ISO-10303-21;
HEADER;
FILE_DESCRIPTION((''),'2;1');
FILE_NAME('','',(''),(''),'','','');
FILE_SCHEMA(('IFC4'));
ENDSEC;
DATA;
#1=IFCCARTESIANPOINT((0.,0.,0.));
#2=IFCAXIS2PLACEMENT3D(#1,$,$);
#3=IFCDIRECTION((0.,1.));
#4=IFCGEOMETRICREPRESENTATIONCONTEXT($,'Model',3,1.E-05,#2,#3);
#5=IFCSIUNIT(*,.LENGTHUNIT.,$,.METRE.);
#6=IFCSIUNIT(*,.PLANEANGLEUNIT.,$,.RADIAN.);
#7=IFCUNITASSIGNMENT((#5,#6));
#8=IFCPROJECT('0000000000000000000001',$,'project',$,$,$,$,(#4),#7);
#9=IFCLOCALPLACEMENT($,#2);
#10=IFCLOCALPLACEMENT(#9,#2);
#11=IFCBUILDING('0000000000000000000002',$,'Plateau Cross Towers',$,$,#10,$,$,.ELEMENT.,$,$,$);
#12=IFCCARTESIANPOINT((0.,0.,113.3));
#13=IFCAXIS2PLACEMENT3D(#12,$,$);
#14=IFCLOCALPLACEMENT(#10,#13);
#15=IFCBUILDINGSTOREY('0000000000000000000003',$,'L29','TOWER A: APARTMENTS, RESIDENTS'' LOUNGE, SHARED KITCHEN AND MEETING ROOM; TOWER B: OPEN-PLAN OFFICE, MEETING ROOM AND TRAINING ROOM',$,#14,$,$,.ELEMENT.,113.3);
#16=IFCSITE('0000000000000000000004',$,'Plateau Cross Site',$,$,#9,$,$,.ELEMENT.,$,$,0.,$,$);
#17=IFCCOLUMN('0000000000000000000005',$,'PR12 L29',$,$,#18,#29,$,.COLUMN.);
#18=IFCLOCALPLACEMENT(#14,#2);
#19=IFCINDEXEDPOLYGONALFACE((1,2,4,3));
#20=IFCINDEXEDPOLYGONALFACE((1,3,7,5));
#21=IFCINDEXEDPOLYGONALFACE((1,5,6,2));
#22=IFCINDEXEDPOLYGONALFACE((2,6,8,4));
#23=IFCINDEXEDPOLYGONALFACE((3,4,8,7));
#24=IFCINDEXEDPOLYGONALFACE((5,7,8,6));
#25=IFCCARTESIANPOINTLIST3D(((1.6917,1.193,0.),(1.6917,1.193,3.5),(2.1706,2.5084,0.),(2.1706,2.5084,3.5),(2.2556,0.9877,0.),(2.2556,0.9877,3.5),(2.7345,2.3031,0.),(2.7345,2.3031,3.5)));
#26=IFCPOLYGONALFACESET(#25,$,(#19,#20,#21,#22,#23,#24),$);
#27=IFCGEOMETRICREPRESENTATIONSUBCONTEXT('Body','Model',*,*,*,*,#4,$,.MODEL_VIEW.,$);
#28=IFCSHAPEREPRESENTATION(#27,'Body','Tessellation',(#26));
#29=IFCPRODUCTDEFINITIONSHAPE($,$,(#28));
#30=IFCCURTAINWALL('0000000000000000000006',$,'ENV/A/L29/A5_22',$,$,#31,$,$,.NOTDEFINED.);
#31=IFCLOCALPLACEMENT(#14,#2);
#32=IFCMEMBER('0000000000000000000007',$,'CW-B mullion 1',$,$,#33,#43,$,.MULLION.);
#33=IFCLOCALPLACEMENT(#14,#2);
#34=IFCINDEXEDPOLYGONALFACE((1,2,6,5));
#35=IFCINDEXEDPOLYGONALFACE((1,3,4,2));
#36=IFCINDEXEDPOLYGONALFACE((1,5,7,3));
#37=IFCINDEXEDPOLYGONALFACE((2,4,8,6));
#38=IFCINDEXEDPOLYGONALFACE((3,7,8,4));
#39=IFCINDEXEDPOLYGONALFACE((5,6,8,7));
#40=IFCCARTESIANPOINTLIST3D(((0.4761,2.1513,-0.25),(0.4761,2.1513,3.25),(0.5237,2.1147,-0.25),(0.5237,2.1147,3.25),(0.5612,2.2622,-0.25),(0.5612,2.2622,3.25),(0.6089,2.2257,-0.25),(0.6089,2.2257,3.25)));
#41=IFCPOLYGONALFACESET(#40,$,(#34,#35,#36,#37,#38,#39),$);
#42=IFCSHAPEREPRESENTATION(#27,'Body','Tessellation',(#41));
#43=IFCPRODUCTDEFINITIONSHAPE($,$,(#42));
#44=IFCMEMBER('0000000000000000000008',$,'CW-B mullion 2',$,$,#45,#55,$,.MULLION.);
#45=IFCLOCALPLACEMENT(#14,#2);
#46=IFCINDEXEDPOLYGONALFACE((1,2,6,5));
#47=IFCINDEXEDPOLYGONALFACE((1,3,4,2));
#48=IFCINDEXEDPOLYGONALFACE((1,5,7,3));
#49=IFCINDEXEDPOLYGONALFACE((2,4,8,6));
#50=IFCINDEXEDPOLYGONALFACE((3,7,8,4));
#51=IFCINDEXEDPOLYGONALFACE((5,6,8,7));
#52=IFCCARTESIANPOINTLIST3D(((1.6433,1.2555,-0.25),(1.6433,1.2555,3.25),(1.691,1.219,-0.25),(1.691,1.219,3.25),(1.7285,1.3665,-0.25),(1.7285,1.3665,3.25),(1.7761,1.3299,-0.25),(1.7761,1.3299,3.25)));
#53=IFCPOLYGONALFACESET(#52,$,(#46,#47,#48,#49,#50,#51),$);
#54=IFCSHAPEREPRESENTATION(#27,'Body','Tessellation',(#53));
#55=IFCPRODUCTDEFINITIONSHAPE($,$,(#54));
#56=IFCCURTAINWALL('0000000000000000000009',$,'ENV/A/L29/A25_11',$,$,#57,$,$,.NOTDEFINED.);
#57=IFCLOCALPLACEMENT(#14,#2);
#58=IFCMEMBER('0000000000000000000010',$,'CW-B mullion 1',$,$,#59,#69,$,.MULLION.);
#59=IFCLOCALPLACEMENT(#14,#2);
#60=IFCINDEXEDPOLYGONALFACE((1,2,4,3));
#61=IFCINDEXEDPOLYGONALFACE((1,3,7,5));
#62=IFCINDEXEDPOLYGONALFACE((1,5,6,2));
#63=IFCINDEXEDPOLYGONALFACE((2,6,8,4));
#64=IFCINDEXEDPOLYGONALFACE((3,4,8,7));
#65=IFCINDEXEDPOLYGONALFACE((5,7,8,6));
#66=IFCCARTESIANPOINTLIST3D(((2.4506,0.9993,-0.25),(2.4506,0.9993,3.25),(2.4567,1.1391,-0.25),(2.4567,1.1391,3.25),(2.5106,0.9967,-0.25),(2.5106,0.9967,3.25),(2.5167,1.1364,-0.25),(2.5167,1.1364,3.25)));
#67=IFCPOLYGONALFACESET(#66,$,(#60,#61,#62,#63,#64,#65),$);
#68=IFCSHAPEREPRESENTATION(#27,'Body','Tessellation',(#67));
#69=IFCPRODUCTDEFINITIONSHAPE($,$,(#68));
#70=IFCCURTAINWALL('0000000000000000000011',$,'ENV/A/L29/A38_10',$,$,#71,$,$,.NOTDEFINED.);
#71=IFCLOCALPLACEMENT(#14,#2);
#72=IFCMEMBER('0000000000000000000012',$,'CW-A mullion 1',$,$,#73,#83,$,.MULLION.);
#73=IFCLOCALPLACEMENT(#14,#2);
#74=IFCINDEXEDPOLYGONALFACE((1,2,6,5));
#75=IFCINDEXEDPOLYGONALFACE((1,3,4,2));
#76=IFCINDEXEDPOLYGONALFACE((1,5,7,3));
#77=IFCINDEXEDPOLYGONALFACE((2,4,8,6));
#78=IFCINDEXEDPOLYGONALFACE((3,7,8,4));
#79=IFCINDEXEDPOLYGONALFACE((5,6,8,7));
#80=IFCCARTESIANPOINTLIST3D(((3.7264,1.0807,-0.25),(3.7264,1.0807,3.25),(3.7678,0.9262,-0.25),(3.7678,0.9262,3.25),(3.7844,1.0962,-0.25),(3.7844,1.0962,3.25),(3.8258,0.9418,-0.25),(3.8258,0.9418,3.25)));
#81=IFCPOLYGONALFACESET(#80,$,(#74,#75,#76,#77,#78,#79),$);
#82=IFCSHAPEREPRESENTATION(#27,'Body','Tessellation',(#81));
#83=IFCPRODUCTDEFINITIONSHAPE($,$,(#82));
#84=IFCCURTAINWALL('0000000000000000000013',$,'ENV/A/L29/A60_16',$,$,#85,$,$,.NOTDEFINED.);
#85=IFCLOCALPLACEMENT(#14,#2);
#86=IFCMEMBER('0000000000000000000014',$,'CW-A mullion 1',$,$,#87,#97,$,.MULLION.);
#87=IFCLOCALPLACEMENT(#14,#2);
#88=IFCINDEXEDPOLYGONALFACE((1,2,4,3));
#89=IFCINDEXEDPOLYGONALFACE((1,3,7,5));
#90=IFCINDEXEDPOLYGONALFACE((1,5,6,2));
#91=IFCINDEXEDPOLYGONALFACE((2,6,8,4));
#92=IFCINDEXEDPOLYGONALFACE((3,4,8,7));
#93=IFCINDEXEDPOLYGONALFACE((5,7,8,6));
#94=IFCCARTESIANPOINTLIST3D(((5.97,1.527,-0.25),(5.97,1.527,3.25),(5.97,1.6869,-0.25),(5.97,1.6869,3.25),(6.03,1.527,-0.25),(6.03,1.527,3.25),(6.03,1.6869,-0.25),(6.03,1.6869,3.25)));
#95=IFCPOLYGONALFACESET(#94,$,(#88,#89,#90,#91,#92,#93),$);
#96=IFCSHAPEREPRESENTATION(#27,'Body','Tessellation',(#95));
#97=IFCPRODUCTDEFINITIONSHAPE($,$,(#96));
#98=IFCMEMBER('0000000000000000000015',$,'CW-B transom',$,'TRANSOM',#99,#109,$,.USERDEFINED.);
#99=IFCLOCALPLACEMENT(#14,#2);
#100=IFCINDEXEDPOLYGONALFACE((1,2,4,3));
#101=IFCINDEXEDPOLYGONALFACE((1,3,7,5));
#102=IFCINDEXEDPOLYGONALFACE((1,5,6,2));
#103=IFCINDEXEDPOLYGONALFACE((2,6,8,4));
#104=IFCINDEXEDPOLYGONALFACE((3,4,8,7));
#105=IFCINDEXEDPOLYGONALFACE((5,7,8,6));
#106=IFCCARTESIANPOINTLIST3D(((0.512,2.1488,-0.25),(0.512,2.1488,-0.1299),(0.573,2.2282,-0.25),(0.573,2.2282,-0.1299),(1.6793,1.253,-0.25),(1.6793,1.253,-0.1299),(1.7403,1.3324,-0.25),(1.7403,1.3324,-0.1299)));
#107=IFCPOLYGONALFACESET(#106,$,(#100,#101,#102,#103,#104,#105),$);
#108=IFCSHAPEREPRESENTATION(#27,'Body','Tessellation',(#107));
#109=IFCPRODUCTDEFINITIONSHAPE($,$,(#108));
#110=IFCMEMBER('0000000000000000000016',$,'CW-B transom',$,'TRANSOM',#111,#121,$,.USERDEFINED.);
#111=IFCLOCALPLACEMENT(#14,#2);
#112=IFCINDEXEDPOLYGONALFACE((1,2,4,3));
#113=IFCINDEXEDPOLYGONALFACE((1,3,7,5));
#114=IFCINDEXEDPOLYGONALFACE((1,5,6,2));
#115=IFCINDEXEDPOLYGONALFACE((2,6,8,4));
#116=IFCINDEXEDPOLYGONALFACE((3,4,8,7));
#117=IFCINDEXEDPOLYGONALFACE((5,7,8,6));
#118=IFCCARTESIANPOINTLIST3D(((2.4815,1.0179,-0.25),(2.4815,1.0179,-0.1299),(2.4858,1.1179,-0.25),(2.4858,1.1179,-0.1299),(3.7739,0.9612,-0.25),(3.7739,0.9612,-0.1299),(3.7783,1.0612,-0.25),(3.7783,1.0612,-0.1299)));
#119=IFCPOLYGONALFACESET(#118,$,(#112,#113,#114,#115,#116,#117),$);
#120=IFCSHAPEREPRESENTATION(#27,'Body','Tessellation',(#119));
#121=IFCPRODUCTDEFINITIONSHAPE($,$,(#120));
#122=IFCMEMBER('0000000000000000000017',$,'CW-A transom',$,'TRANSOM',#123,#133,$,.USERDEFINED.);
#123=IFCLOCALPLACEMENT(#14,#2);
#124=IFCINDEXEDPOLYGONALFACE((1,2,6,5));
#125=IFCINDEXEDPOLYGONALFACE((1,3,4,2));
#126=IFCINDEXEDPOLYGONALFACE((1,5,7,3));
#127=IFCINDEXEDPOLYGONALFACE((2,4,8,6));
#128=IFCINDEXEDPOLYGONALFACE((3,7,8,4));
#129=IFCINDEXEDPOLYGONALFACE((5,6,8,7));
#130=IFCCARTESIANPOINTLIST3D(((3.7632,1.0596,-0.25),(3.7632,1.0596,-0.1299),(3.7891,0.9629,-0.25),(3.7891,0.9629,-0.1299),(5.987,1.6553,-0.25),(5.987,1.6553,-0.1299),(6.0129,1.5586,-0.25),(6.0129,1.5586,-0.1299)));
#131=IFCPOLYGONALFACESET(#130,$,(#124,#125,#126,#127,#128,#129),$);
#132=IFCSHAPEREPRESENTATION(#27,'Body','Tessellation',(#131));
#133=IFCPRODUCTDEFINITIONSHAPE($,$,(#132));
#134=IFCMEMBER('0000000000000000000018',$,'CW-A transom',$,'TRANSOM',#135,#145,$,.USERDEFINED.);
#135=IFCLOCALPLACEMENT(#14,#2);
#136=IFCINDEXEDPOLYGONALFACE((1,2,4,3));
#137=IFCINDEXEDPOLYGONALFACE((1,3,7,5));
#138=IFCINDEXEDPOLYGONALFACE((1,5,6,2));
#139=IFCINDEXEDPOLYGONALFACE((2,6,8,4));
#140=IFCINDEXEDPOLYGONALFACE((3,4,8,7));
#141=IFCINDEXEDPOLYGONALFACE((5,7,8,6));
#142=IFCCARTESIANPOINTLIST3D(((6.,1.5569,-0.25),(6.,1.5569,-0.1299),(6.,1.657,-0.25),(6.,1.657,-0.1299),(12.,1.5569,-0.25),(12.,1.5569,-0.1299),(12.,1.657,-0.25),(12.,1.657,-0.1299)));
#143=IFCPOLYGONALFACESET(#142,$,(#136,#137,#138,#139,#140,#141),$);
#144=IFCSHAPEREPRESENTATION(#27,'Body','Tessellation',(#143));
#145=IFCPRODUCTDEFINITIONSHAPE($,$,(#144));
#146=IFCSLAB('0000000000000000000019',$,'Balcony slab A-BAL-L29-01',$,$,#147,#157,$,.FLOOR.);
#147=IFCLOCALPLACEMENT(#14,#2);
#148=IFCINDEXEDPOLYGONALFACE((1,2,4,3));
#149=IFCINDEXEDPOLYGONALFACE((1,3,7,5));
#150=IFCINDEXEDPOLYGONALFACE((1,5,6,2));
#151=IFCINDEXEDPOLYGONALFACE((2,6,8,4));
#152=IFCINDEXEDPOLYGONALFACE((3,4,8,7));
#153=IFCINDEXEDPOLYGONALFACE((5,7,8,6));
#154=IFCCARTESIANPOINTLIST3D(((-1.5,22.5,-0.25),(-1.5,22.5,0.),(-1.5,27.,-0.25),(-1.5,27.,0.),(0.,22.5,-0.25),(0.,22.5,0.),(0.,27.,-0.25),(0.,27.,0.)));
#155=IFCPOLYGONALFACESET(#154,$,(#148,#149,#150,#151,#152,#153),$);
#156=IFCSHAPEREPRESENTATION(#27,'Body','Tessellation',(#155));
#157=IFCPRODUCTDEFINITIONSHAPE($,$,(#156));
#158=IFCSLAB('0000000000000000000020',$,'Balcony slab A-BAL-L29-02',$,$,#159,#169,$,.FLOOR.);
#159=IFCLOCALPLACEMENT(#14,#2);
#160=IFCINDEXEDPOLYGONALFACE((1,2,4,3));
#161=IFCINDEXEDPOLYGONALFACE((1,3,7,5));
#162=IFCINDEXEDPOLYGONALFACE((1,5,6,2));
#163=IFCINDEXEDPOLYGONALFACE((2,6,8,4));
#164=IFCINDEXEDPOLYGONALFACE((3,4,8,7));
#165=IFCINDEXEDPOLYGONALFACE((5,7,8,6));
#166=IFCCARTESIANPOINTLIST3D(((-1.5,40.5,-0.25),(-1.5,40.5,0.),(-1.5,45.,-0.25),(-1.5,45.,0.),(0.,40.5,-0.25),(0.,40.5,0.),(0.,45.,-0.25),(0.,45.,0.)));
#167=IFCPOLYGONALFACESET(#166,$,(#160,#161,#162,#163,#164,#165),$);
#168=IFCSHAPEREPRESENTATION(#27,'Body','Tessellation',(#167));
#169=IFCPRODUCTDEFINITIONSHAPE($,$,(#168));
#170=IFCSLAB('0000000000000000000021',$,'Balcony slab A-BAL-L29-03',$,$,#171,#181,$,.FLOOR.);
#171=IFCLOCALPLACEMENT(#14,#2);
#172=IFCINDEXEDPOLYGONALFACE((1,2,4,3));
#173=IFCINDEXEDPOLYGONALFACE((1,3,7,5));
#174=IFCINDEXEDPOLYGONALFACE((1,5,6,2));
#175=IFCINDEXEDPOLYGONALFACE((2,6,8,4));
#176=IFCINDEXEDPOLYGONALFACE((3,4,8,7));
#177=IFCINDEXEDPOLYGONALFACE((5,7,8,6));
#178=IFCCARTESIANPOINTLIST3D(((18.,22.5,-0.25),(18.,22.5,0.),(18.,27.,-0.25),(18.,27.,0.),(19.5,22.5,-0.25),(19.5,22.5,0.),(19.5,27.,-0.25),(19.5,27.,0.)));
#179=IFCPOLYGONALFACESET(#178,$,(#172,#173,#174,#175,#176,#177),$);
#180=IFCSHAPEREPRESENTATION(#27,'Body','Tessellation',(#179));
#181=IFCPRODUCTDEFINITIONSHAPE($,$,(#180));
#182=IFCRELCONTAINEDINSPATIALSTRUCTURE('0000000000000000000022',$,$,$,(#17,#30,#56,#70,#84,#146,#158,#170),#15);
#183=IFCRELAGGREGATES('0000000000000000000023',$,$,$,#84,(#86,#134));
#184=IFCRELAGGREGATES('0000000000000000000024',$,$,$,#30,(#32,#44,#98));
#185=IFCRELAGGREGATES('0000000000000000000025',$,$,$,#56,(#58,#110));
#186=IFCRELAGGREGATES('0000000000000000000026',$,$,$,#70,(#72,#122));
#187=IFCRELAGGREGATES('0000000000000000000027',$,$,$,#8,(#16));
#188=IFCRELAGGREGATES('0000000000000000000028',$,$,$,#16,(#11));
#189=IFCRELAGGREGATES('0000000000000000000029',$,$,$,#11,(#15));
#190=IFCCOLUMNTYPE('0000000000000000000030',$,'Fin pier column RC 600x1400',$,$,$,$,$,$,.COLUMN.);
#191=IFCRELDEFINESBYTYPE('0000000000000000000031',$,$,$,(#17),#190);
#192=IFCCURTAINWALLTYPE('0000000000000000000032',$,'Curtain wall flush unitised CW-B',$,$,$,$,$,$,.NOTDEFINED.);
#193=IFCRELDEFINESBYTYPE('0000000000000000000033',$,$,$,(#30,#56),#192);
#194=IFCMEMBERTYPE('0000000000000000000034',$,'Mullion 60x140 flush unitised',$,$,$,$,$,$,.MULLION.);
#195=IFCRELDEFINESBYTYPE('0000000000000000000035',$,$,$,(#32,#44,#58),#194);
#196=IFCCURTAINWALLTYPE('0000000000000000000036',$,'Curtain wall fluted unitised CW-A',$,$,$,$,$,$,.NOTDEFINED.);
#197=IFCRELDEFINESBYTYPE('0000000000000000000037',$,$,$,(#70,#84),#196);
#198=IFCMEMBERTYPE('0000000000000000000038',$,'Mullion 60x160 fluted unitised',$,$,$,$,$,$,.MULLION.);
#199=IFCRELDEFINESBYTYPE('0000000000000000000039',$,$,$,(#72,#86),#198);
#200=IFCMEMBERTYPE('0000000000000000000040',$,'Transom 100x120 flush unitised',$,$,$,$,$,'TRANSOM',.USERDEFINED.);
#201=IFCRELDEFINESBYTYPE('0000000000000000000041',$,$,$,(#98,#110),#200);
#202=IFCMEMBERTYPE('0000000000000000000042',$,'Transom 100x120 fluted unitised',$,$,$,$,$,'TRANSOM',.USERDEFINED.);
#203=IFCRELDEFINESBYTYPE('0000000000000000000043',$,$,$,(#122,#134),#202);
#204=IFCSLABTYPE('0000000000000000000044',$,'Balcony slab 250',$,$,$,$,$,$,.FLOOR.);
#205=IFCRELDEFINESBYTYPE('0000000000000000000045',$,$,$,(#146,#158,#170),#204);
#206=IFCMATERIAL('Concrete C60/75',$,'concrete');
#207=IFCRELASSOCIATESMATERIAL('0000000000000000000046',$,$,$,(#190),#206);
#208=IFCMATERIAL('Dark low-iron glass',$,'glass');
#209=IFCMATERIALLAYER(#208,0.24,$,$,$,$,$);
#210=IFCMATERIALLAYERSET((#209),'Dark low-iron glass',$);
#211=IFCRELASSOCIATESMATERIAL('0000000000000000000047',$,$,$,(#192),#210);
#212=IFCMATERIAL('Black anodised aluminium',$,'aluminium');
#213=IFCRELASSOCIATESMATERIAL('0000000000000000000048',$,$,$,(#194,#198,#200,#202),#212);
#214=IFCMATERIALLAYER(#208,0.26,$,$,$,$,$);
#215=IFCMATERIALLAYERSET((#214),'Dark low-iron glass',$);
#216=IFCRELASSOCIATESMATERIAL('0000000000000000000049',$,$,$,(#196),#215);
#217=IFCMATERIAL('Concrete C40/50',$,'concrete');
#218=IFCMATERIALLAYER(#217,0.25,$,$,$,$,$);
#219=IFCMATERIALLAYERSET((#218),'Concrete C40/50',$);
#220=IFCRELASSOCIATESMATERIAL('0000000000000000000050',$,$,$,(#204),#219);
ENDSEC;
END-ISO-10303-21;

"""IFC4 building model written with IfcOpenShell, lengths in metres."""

from ifc_helpers import new_model, si_unit, direction, frame, origin, origin_2d, place, context, subcontext, project, spatial, polyline, rectangle, outline, extrude, material, layer, layer_set, material_profile, profile_set, type_object, element, aggregate, save


model = new_model("IFC4")

# Units and contexts
model_context = context("Model", 3, precision=1e-05, world=origin(), true_north=direction((0.0, 1.0)))
body_context = subcontext(model_context, "Body", "Model", "MODEL_VIEW")
ifc_project = project(units=[si_unit("LENGTHUNIT", "METRE"), si_unit("PLANEANGLEUNIT", "RADIAN")], contexts=[model_context])

# Site, building, storey
site_placement = place(None, origin())
site = spatial("IfcSite", under=ifc_project, at=site_placement, Name="Plateau Cross Site", CompositionType="ELEMENT", RefElevation=0.0)
building_placement = place(site_placement, origin())
building = spatial("IfcBuilding", under=site, at=building_placement, Name="Plateau Cross Towers", CompositionType="ELEMENT")
storey_placement = place(building_placement, frame((0.0, 0.0, 113.3)))
storey = spatial("IfcBuildingStorey", under=building, at=storey_placement, Name="L29", Description="TOWER A: APARTMENTS, RESIDENTS' LOUNGE, SHARED KITCHEN AND MEETING ROOM; TOWER B: OPEN-PLAN OFFICE, MEETING ROOM AND TRAINING ROOM", CompositionType="ELEMENT", Elevation=113.3)

# Column
ifc_material_1 = material(Name="Concrete C60/75", Category="concrete")
ifc_material_profile_1 = material_profile(ifc_material_1, rectangle(XDim=0.6001, YDim=1.3999, at=origin_2d()), Name="RC 600x1400")
ifc_profile_set_1 = profile_set([ifc_material_profile_1], Name="Concrete C60/75")
column_type = type_object("IfcColumnType", Name="Fin pier column RC 600x1400", PredefinedType="COLUMN", material=ifc_profile_set_1)
column_placement = place(storey_placement, frame((2.2131, 1.748, 0.0), z_axis=(0.0, 0.0, 1.0), x_axis=(-0.939664, 0.342098, 0.0)))
element("IfcColumn", 1, at=column_placement, inside=storey, type_object=column_type, Name="PR12 L29", PredefinedType="COLUMN", context=body_context, shape_type="SweptSolid", body=[
    extrude(rectangle(XDim=0.6001, YDim=1.3999, at=origin_2d()), origin(), (0.0, 0.0, 1.0), 3.5),
])

# Curtain wall, members
ifc_material_2 = material(Name="Dark low-iron glass", Category="glass")
ifc_layer_1 = layer(ifc_material_2, 0.24)
ifc_layer_set_1 = layer_set([ifc_layer_1], Name="Dark low-iron glass")
curtain_wall_type_1 = type_object("IfcCurtainWallType", Name="Curtain wall flush unitised CW-B", PredefinedType="NOTDEFINED", material=ifc_layer_set_1)
curtain_wall_1_placement = place(storey_placement, origin())
curtain_wall_1 = element("IfcCurtainWall", 2, at=curtain_wall_1_placement, inside=storey, type_object=curtain_wall_type_1, Name="ENV/A/L29/A5_22", PredefinedType="NOTDEFINED")
ifc_material_3 = material(Name="Black anodised aluminium", Category="aluminium")
ifc_material_profile_2 = material_profile(ifc_material_3, rectangle(XDim=0.0601, YDim=0.1399, at=origin_2d()), Name="MULLION 60x140")
ifc_profile_set_2 = profile_set([ifc_material_profile_2], Name="Black anodised aluminium")
member_type_1 = type_object("IfcMemberType", Name="Mullion 60x140 flush unitised", PredefinedType="MULLION", material=ifc_profile_set_2)
member_1_placement = place(storey_placement, frame((0.5425, 2.1885, -0.25), z_axis=(0.0, 0.0, 1.0), x_axis=(0.793316, -0.608811, 0.0)))
member_1 = element("IfcMember", 3, at=member_1_placement, type_object=member_type_1, Name="CW-B mullion 1", PredefinedType="MULLION", context=body_context, shape_type="SweptSolid", body=[
    extrude(rectangle(XDim=0.0601, YDim=0.1399, at=origin_2d()), origin(), (0.0, 0.0, 1.0), 3.5),
])
member_2_placement = place(storey_placement, frame((1.7097, 1.2927, -0.25), z_axis=(0.0, 0.0, 1.0), x_axis=(0.793316, -0.608811, 0.0)))
member_2 = element("IfcMember", 4, at=member_2_placement, type_object=member_type_1, Name="CW-B mullion 2", PredefinedType="MULLION", context=body_context, shape_type="SweptSolid", body=[
    extrude(rectangle(XDim=0.0601, YDim=0.1399, at=origin_2d()), origin(), (0.0, 0.0, 1.0), 3.5),
])

# Curtain walls, members
curtain_wall_2_placement = place(storey_placement, origin())
curtain_wall_2 = element("IfcCurtainWall", 5, at=curtain_wall_2_placement, inside=storey, type_object=curtain_wall_type_1, Name="ENV/A/L29/A25_11", PredefinedType="NOTDEFINED")
member_3_placement = place(storey_placement, frame((2.4836, 1.0679, -0.25), z_axis=(0.0, 0.0, 1.0), x_axis=(0.999044, -0.043723, 0.0)))
member_3 = element("IfcMember", 6, at=member_3_placement, type_object=member_type_1, Name="CW-B mullion 1", PredefinedType="MULLION", context=body_context, shape_type="SweptSolid", body=[
    extrude(rectangle(XDim=0.0601, YDim=0.1399, at=origin_2d()), origin(), (0.0, 0.0, 1.0), 3.5),
])
ifc_layer_2 = layer(ifc_material_2, 0.26)
ifc_layer_set_2 = layer_set([ifc_layer_2], Name="Dark low-iron glass")
curtain_wall_type_2 = type_object("IfcCurtainWallType", Name="Curtain wall fluted unitised CW-A", PredefinedType="NOTDEFINED", material=ifc_layer_set_2)
curtain_wall_3_placement = place(storey_placement, origin())
curtain_wall_3 = element("IfcCurtainWall", 7, at=curtain_wall_3_placement, inside=storey, type_object=curtain_wall_type_2, Name="ENV/A/L29/A38_10", PredefinedType="NOTDEFINED")
ifc_material_profile_3 = material_profile(ifc_material_3, rectangle(XDim=0.0601, YDim=0.1599, at=origin_2d()), Name="MULLION 60x160")
ifc_profile_set_3 = profile_set([ifc_material_profile_3], Name="Black anodised aluminium")
member_type_2 = type_object("IfcMemberType", Name="Mullion 60x160 fluted unitised", PredefinedType="MULLION", material=ifc_profile_set_3)
member_4_placement = place(storey_placement, frame((3.7761, 1.0112, -0.25), z_axis=(0.0, 0.0, 1.0), x_axis=(0.965958, 0.258699, 0.0)))
member_4 = element("IfcMember", 8, at=member_4_placement, type_object=member_type_2, Name="CW-A mullion 1", PredefinedType="MULLION", context=body_context, shape_type="SweptSolid", body=[
    extrude(rectangle(XDim=0.0601, YDim=0.1599, at=origin_2d()), origin(), (0.0, 0.0, 1.0), 3.5),
])
curtain_wall_4_placement = place(storey_placement, origin())
curtain_wall_4 = element("IfcCurtainWall", 9, at=curtain_wall_4_placement, inside=storey, type_object=curtain_wall_type_2, Name="ENV/A/L29/A60_16", PredefinedType="NOTDEFINED")
member_5_placement = place(storey_placement, frame((6.0, 1.6069, -0.25), z_axis=(0.0, 0.0, 1.0), x_axis=(1.0, 0.0, 0.0)))
member_5 = element("IfcMember", 10, at=member_5_placement, type_object=member_type_2, Name="CW-A mullion 1", PredefinedType="MULLION", context=body_context, shape_type="SweptSolid", body=[
    extrude(rectangle(XDim=0.0601, YDim=0.1599, at=origin_2d()), origin(), (0.0, 0.0, 1.0), 3.5),
])

# Members
ifc_material_profile_4 = material_profile(ifc_material_3, rectangle(XDim=0.1001, YDim=0.1201, at=origin_2d()), Name="TRANSOM 100x120")
ifc_profile_set_4 = profile_set([ifc_material_profile_4], Name="Black anodised aluminium")
member_type_3 = type_object("IfcMemberType", Name="Transom 100x120 flush unitised", ElementType="TRANSOM", PredefinedType="USERDEFINED", material=ifc_profile_set_4)
member_6_placement = place(storey_placement, frame((0.5425, 2.1885, -0.1899), z_axis=(0.793321, -0.608804, 0.0), x_axis=(0.608804, 0.793321, 0.0)))
member_6 = element("IfcMember", 11, at=member_6_placement, type_object=member_type_3, Name="CW-B transom", ObjectType="TRANSOM", PredefinedType="USERDEFINED", context=body_context, shape_type="SweptSolid", body=[
    extrude(rectangle(XDim=0.1001, YDim=0.1201, at=origin_2d()), origin(), (0.0, 0.0, 1.0), 1.4714),
])
member_7_placement = place(storey_placement, frame((2.4836, 1.0679, -0.1899), z_axis=(0.999041, -0.043781, 0.0), x_axis=(0.043781, 0.999041, 0.0)))
member_7 = element("IfcMember", 12, at=member_7_placement, type_object=member_type_3, Name="CW-B transom", ObjectType="TRANSOM", PredefinedType="USERDEFINED", context=body_context, shape_type="SweptSolid", body=[
    extrude(rectangle(XDim=0.1001, YDim=0.1201, at=origin_2d()), origin(), (0.0, 0.0, 1.0), 1.2937),
])
ifc_material_profile_5 = material_profile(ifc_material_3, rectangle(XDim=0.1001, YDim=0.1201, at=origin_2d()), Name="TRANSOM 100x120")
ifc_profile_set_5 = profile_set([ifc_material_profile_5], Name="Black anodised aluminium")
member_type_4 = type_object("IfcMemberType", Name="Transom 100x120 fluted unitised", ElementType="TRANSOM", PredefinedType="USERDEFINED", material=ifc_profile_set_5)
member_8_placement = place(storey_placement, frame((3.7761, 1.0112, -0.1899), z_axis=(0.965946, 0.258745, 0.0), x_axis=(-0.258745, 0.965946, 0.0)))
member_8 = element("IfcMember", 13, at=member_8_placement, type_object=member_type_4, Name="CW-A transom", ObjectType="TRANSOM", PredefinedType="USERDEFINED", context=body_context, shape_type="SweptSolid", body=[
    extrude(rectangle(XDim=0.1001, YDim=0.1201, at=origin_2d()), origin(), (0.0, 0.0, 1.0), 2.3022),
])
member_9_placement = place(storey_placement, frame((6.0, 1.6069, -0.1899), z_axis=(1.0, 0.0, 0.0), x_axis=(0.0, 1.0, 0.0)))
member_9 = element("IfcMember", 14, at=member_9_placement, type_object=member_type_4, Name="CW-A transom", ObjectType="TRANSOM", PredefinedType="USERDEFINED", context=body_context, shape_type="SweptSolid", body=[
    extrude(rectangle(XDim=0.1001, YDim=0.1201, at=origin_2d()), origin(), (0.0, 0.0, 1.0), 6.0),
])
aggregate(curtain_wall_4, [member_5, member_9])

# Slabs
ifc_material_4 = material(Name="Concrete C40/50", Category="concrete")
ifc_layer_3 = layer(ifc_material_4, 0.25)
ifc_layer_set_3 = layer_set([ifc_layer_3], Name="Concrete C40/50")
slab_type_1 = type_object("IfcSlabType", Name="Balcony slab 250", PredefinedType="FLOOR", material=ifc_layer_set_3)
slab_1_placement = place(storey_placement, frame((0.0, 0.0, -0.25)))
element("IfcSlab", 15, at=slab_1_placement, inside=storey, type_object=slab_type_1, Name="Balcony slab A-BAL-L29-01", PredefinedType="FLOOR", context=body_context, shape_type="SweptSolid", body=[
    extrude(outline(polyline([(0.0, 22.5), (0.0, 27.0), (-1.5, 27.0), (-1.5, 22.5), (0.0, 22.5)])), origin(), (0.0, 0.0, 1.0), 0.25),
])
slab_2_placement = place(storey_placement, frame((0.0, 0.0, -0.25)))
element("IfcSlab", 16, at=slab_2_placement, inside=storey, type_object=slab_type_1, Name="Balcony slab A-BAL-L29-02", PredefinedType="FLOOR", context=body_context, shape_type="SweptSolid", body=[
    extrude(outline(polyline([(0.0, 40.5), (0.0, 45.0), (-1.5, 45.0), (-1.5, 40.5), (0.0, 40.5)])), origin(), (0.0, 0.0, 1.0), 0.25),
])
slab_3_placement = place(storey_placement, frame((0.0, 0.0, -0.25)))
element("IfcSlab", 17, at=slab_3_placement, inside=storey, type_object=slab_type_1, Name="Balcony slab A-BAL-L29-03", PredefinedType="FLOOR", context=body_context, shape_type="SweptSolid", body=[
    extrude(outline(polyline([(19.5, 22.5), (19.5, 27.0), (18.0, 27.0), (18.0, 22.5), (19.5, 22.5)])), origin(), (0.0, 0.0, 1.0), 0.25),
])

aggregate(curtain_wall_1, [member_1, member_2, member_6])
aggregate(curtain_wall_2, [member_3, member_7])
aggregate(curtain_wall_3, [member_4, member_8])

save(model, "model.ifc")
